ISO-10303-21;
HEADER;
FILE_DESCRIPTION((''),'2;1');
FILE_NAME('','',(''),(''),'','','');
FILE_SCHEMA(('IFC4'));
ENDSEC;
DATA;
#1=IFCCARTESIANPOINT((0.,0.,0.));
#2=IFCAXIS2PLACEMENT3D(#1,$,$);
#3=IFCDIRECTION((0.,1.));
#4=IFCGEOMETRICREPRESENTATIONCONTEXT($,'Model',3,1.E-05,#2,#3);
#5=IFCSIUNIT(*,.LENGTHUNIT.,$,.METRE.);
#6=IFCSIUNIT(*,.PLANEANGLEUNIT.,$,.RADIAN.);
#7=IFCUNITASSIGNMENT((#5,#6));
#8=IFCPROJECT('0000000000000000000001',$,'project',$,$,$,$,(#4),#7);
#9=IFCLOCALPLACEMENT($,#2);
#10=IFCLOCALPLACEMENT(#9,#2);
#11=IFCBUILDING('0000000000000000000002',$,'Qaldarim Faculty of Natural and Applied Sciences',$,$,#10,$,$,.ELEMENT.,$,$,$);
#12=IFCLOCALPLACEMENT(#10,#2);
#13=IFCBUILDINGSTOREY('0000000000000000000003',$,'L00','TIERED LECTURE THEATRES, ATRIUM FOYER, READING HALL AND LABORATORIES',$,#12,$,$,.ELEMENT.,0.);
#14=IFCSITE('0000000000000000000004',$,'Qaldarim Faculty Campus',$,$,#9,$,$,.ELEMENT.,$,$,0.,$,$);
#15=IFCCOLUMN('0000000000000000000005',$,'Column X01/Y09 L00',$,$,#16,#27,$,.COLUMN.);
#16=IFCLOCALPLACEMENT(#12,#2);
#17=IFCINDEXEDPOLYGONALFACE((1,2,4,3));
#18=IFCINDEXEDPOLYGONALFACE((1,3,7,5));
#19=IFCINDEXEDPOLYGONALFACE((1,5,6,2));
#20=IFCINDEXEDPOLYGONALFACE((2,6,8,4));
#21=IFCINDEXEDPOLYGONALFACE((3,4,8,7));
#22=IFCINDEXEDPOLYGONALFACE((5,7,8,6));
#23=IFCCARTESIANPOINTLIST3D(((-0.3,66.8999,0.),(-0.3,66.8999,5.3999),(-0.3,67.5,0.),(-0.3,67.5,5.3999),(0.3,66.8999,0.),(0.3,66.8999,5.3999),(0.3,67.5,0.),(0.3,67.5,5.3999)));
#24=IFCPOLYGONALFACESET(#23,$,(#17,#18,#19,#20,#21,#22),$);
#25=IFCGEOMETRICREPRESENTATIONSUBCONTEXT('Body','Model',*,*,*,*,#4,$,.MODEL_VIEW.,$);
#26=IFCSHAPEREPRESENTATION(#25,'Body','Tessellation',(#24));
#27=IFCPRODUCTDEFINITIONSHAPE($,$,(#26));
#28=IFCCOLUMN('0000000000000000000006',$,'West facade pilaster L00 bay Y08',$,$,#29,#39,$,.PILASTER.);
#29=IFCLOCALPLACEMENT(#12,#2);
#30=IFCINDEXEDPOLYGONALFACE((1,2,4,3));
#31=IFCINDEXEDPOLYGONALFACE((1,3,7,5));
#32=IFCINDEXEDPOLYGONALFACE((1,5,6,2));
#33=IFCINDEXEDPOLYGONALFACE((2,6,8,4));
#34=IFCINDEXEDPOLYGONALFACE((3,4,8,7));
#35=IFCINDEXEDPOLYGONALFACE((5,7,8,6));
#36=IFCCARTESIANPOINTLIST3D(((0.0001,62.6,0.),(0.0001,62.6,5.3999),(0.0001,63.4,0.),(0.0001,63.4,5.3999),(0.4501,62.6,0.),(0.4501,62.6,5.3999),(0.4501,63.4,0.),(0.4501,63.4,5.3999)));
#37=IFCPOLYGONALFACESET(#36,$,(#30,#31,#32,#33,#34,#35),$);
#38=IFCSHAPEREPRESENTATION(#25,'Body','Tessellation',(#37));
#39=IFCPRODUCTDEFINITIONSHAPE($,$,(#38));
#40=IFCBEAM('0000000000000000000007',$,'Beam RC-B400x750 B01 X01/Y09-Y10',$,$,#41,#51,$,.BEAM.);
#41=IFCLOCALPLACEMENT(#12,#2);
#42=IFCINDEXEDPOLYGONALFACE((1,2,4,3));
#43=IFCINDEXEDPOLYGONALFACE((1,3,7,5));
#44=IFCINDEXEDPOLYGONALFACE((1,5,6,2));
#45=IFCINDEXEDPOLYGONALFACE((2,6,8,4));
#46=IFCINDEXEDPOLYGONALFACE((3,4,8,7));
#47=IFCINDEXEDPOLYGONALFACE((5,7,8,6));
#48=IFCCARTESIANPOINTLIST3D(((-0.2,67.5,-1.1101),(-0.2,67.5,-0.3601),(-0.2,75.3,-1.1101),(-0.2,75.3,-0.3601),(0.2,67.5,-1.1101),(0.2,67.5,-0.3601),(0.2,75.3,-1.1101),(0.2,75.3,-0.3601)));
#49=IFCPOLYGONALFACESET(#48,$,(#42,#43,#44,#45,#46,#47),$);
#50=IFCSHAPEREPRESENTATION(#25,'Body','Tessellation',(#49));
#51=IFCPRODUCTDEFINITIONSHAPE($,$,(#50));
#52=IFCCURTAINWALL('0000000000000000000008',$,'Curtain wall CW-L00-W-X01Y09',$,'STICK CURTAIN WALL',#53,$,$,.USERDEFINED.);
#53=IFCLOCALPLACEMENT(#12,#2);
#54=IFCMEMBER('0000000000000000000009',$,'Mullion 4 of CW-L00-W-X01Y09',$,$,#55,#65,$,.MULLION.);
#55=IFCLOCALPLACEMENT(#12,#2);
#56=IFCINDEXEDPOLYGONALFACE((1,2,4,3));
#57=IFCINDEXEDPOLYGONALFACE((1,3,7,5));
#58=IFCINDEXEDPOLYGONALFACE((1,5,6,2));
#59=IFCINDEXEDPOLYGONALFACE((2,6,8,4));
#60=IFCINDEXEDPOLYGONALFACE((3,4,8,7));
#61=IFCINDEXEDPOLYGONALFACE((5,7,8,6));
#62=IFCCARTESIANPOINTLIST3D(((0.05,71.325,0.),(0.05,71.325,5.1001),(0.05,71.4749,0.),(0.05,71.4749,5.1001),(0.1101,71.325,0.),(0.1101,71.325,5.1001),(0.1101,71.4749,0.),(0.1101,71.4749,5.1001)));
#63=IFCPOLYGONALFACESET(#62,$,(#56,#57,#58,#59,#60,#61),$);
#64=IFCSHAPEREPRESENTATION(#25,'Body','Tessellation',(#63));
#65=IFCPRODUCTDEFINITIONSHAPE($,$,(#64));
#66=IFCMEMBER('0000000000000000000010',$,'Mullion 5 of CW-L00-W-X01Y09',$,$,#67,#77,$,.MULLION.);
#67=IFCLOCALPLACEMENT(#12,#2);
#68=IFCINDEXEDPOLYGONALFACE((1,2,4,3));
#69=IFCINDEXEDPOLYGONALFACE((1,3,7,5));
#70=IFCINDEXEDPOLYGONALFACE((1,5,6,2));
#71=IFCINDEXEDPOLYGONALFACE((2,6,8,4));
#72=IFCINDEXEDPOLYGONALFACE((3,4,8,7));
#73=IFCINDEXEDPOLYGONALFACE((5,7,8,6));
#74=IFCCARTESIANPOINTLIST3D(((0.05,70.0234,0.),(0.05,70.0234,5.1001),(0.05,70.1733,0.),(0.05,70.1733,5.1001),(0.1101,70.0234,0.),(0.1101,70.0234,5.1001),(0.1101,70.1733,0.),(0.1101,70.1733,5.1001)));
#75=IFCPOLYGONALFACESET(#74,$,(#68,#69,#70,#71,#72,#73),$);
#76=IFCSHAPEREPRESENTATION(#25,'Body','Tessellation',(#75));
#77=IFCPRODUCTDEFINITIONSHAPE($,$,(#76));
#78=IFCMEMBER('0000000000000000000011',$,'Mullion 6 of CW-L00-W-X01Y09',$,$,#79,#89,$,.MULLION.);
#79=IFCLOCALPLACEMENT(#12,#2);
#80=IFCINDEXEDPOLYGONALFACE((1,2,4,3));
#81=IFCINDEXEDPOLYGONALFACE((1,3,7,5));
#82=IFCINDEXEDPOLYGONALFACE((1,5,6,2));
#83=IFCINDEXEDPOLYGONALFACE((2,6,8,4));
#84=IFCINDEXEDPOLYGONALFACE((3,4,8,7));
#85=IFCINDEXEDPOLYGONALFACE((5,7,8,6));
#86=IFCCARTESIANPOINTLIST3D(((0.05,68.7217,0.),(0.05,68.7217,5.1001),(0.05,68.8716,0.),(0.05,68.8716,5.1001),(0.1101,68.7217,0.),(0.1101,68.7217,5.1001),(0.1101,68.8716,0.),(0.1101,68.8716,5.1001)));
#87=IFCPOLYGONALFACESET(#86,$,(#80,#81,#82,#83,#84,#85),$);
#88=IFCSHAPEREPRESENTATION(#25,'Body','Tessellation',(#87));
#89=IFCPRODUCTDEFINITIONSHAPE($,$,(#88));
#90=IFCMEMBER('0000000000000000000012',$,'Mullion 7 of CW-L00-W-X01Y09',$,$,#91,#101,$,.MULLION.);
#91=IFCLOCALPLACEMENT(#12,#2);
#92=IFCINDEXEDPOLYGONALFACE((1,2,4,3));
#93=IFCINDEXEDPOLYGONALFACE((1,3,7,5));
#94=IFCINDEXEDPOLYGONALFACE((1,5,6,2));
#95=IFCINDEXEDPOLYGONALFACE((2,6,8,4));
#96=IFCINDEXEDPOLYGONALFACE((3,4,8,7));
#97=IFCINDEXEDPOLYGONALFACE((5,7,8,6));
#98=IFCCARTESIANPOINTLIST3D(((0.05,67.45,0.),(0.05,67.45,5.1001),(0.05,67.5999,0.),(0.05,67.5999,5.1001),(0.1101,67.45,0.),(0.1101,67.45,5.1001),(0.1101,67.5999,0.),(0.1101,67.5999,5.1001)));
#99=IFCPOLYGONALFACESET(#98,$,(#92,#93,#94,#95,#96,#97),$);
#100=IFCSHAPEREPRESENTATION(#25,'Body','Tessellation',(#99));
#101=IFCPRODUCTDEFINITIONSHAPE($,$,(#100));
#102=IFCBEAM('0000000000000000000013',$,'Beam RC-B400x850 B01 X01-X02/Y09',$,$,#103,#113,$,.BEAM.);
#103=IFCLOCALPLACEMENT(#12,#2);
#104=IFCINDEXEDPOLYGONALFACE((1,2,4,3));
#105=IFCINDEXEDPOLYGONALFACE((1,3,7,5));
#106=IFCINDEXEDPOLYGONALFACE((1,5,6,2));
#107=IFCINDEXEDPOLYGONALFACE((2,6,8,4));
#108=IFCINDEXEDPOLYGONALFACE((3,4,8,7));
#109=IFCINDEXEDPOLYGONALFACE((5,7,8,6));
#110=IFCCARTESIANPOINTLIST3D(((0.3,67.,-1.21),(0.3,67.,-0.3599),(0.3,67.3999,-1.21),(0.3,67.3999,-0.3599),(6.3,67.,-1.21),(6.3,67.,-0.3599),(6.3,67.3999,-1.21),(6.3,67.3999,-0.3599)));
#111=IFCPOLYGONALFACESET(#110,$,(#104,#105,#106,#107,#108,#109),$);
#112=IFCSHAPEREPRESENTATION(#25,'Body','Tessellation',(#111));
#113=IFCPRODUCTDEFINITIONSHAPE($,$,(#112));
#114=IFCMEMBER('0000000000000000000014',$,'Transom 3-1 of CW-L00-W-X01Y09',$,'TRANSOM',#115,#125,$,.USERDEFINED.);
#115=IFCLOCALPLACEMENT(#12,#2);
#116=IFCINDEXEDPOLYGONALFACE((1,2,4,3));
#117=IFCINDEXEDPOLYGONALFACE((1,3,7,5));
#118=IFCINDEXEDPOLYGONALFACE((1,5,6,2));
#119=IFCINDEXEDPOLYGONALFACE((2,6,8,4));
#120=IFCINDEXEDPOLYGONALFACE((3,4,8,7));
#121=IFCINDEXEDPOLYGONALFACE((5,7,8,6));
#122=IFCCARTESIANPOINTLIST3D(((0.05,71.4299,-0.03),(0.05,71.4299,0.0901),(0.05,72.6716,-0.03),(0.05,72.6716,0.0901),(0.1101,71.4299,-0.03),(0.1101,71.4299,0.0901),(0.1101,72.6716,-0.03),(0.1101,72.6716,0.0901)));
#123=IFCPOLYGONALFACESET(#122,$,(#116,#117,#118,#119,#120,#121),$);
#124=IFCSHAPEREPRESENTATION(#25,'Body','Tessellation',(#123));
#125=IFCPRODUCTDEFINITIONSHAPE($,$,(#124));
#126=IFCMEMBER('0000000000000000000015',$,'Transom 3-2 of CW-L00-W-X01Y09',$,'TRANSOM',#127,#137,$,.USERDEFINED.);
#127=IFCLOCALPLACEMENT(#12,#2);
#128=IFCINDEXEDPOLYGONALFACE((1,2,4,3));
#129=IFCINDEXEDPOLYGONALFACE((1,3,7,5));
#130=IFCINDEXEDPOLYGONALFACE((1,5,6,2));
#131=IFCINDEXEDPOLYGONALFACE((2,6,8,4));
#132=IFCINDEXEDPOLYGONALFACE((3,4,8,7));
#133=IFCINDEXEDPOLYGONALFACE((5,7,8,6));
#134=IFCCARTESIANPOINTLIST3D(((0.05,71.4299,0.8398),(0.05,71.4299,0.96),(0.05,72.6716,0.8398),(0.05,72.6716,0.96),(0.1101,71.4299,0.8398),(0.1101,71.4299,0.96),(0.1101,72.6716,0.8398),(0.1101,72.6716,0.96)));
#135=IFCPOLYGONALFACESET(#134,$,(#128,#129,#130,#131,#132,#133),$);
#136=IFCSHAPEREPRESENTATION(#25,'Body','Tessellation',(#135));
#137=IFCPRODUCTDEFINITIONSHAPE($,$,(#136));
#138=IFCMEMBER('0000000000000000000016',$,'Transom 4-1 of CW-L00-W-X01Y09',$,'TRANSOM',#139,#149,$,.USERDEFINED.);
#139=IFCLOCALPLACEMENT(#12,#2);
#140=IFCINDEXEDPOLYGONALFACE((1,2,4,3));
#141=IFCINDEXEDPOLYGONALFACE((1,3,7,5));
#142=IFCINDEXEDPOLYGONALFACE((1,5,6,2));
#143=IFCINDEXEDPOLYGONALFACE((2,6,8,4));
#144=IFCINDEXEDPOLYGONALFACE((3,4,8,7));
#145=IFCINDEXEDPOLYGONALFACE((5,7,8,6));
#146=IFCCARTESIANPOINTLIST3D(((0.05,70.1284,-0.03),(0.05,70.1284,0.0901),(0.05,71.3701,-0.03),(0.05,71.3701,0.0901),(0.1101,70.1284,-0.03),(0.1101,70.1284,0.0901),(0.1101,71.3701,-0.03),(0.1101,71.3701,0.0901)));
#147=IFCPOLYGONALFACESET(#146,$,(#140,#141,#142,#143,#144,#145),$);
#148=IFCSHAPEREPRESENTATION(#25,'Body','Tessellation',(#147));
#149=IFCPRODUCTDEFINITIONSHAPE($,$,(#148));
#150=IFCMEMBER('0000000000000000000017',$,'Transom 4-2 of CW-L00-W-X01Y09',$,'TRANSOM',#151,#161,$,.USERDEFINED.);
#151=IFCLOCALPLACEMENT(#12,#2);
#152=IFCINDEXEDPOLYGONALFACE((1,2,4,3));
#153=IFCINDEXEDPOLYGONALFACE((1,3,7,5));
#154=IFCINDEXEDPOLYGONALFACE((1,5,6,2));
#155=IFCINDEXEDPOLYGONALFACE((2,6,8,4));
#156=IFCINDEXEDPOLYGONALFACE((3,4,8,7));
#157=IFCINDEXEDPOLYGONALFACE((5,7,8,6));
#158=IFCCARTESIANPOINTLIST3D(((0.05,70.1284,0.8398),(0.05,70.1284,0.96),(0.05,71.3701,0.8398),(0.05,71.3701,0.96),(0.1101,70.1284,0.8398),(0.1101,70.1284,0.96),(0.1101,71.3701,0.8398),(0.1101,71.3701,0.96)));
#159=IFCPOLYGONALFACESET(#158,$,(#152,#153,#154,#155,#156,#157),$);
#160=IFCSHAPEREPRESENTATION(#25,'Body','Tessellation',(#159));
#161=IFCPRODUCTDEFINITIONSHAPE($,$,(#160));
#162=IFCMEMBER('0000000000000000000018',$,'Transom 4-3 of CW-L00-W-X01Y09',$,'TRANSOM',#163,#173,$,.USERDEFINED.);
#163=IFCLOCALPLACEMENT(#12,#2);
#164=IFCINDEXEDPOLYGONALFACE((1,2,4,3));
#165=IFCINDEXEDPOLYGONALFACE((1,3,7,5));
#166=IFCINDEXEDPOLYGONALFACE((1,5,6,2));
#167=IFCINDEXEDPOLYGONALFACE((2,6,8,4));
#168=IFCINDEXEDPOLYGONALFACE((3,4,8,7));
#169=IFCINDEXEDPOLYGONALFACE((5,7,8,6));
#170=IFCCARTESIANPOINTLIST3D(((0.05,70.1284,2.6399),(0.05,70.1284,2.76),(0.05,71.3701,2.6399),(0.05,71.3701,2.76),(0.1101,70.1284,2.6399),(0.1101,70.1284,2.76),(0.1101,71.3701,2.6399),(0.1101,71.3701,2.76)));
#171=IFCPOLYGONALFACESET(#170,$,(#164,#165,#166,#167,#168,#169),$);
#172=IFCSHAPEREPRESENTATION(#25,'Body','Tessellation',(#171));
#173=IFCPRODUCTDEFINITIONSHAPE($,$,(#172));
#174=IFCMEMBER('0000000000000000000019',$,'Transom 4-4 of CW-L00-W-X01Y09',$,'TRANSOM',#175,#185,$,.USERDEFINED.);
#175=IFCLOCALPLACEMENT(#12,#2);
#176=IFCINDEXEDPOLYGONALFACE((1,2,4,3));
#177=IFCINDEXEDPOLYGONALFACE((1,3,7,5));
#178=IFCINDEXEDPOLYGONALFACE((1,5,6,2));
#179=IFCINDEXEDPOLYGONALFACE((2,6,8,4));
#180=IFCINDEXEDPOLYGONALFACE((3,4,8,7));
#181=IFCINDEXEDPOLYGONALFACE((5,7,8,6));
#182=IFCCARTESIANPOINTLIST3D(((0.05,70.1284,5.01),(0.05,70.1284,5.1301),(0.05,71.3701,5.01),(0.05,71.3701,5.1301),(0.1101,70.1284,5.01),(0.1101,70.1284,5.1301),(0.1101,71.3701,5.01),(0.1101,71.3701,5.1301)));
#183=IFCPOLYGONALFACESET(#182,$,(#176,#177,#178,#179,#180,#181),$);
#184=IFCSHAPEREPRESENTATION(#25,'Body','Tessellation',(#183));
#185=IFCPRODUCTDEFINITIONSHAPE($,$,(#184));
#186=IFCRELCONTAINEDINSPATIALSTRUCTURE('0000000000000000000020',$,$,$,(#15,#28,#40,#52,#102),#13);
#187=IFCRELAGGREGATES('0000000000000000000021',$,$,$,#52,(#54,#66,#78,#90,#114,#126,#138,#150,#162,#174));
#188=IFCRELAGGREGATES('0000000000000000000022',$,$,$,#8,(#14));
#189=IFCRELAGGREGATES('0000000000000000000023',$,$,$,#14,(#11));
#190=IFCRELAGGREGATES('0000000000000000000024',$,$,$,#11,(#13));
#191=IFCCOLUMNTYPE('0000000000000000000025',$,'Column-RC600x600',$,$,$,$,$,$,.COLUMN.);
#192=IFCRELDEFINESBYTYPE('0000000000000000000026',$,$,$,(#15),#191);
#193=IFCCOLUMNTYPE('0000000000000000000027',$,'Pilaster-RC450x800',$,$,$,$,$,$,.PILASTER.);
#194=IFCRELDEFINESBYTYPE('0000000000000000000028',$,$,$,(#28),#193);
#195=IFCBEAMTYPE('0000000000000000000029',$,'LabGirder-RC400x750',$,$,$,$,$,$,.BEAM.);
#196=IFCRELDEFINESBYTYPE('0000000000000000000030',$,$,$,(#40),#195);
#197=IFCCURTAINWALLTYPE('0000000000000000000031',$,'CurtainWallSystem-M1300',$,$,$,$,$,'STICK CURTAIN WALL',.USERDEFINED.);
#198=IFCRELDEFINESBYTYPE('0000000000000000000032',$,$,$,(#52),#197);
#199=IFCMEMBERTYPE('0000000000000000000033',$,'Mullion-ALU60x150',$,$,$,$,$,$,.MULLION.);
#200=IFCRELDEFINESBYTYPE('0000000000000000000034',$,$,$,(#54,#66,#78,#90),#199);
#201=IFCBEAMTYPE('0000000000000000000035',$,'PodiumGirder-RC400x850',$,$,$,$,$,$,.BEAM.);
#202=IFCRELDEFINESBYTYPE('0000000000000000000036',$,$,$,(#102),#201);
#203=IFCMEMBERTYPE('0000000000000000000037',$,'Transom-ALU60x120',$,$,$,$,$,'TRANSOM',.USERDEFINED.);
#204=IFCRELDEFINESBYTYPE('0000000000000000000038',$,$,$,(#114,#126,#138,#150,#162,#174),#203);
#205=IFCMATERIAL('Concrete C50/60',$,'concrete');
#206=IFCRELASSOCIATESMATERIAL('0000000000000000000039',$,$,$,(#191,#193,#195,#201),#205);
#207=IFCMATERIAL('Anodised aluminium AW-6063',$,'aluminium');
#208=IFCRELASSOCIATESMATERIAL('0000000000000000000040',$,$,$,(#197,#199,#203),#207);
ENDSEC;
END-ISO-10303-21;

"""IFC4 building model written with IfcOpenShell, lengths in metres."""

from ifc_helpers import new_model, si_unit, direction, frame, origin, origin_2d, place, context, subcontext, project, spatial, rectangle, extrude, material, material_profile, profile_set, type_object, element, aggregate, save


model = new_model("IFC4")

# Units and contexts
model_context = context("Model", 3, precision=1e-05, world=origin(), true_north=direction((0.0, 1.0)))
body_context = subcontext(model_context, "Body", "Model", "MODEL_VIEW")
ifc_project = project(units=[si_unit("LENGTHUNIT", "METRE"), si_unit("PLANEANGLEUNIT", "RADIAN")], contexts=[model_context])

# Site, building, storey
site_placement = place(None, origin())
site = spatial("IfcSite", under=ifc_project, at=site_placement, Name="Qaldarim Faculty Campus", CompositionType="ELEMENT", RefElevation=0.0)
building_placement = place(site_placement, origin())
building = spatial("IfcBuilding", under=site, at=building_placement, Name="Qaldarim Faculty of Natural and Applied Sciences", CompositionType="ELEMENT")
storey_placement = place(building_placement, origin())
storey = spatial("IfcBuildingStorey", under=building, at=storey_placement, Name="L00", Description="TIERED LECTURE THEATRES, ATRIUM FOYER, READING HALL AND LABORATORIES", CompositionType="ELEMENT", Elevation=0.0)

# Columns
ifc_material_1 = material(Name="Concrete C50/60", Category="concrete")
ifc_material_profile_1 = material_profile(ifc_material_1, rectangle(XDim=0.6001, YDim=0.6001, at=origin_2d()), Name="RC-C600x600")
ifc_profile_set_1 = profile_set([ifc_material_profile_1], Name="Concrete C50/60")
column_type_1 = type_object("IfcColumnType", Name="Column-RC600x600", PredefinedType="COLUMN", material=ifc_profile_set_1)
column_1_placement = place(storey_placement, frame((0.0, 67.2, 0.0), z_axis=(0.0, 0.0, 1.0), x_axis=(1.0, 0.0, 0.0)))
element("IfcColumn", 1, at=column_1_placement, inside=storey, type_object=column_type_1, Name="Column X01/Y09 L00", PredefinedType="COLUMN", context=body_context, shape_type="SweptSolid", body=[
    extrude(rectangle(XDim=0.6001, YDim=0.6001, at=origin_2d()), origin(), (0.0, 0.0, 1.0), 5.3999),
])
ifc_material_profile_2 = material_profile(ifc_material_1, rectangle(XDim=0.45, YDim=0.8, at=origin_2d()), Name="RC-C450x800")
ifc_profile_set_2 = profile_set([ifc_material_profile_2], Name="Concrete C50/60")
column_type_2 = type_object("IfcColumnType", Name="Pilaster-RC450x800", PredefinedType="PILASTER", material=ifc_profile_set_2)
column_2_placement = place(storey_placement, frame((0.2251, 63.0, 0.0), z_axis=(0.0, 0.0, 1.0), x_axis=(1.0, 0.0, 0.0)))
element("IfcColumn", 2, at=column_2_placement, inside=storey, type_object=column_type_2, Name="West facade pilaster L00 bay Y08", PredefinedType="PILASTER", context=body_context, shape_type="SweptSolid", body=[
    extrude(rectangle(XDim=0.45, YDim=0.8, at=origin_2d()), origin(), (0.0, 0.0, 1.0), 5.3999),
])

# Beam
ifc_material_profile_3 = material_profile(ifc_material_1, rectangle(XDim=0.3999, YDim=0.75, at=origin_2d()), Name="RC-B400x750")
ifc_profile_set_3 = profile_set([ifc_material_profile_3], Name="Concrete C50/60")
beam_type_1 = type_object("IfcBeamType", Name="LabGirder-RC400x750", PredefinedType="BEAM", material=ifc_profile_set_3)
beam_1_placement = place(storey_placement, frame((0.0, 67.5, -0.7351), z_axis=(0.0, 1.0, 0.0), x_axis=(-1.0, 0.0, 0.0)))
element("IfcBeam", 3, at=beam_1_placement, inside=storey, type_object=beam_type_1, Name="Beam RC-B400x750 B01 X01/Y09-Y10", PredefinedType="BEAM", context=body_context, shape_type="SweptSolid", body=[
    extrude(rectangle(XDim=0.3999, YDim=0.75, at=origin_2d()), origin(), (0.0, 0.0, 1.0), 7.8),
])

# Curtain wall, members
ifc_material_2 = material(Name="Anodised aluminium AW-6063", Category="aluminium")
curtain_wall_type = type_object("IfcCurtainWallType", Name="CurtainWallSystem-M1300", ElementType="STICK CURTAIN WALL", PredefinedType="USERDEFINED", material=ifc_material_2)
curtain_wall_placement = place(storey_placement, origin())
curtain_wall = element("IfcCurtainWall", 4, at=curtain_wall_placement, inside=storey, type_object=curtain_wall_type, Name="Curtain wall CW-L00-W-X01Y09", ObjectType="STICK CURTAIN WALL", PredefinedType="USERDEFINED")
ifc_material_profile_4 = material_profile(ifc_material_2, rectangle(XDim=0.0601, YDim=0.1499, at=origin_2d()), Name="ALU-M60x150")
ifc_profile_set_4 = profile_set([ifc_material_profile_4], Name="Anodised aluminium AW-6063")
member_type_1 = type_object("IfcMemberType", Name="Mullion-ALU60x150", PredefinedType="MULLION", material=ifc_profile_set_4)
member_1_placement = place(storey_placement, frame((0.0801, 71.3999, 0.0), z_axis=(0.0, 0.0, 1.0), x_axis=(1.0, 0.0, 0.0)))
member_1 = element("IfcMember", 5, at=member_1_placement, type_object=member_type_1, Name="Mullion 4 of CW-L00-W-X01Y09", PredefinedType="MULLION", context=body_context, shape_type="SweptSolid", body=[
    extrude(rectangle(XDim=0.0601, YDim=0.1499, at=origin_2d()), origin(), (0.0, 0.0, 1.0), 5.1001),
])
member_2_placement = place(storey_placement, frame((0.0801, 70.0984, 0.0), z_axis=(0.0, 0.0, 1.0), x_axis=(1.0, 0.0, 0.0)))
member_2 = element("IfcMember", 6, at=member_2_placement, type_object=member_type_1, Name="Mullion 5 of CW-L00-W-X01Y09", PredefinedType="MULLION", context=body_context, shape_type="SweptSolid", body=[
    extrude(rectangle(XDim=0.0601, YDim=0.1499, at=origin_2d()), origin(), (0.0, 0.0, 1.0), 5.1001),
])
member_3_placement = place(storey_placement, frame((0.0801, 68.7966, 0.0), z_axis=(0.0, 0.0, 1.0), x_axis=(1.0, 0.0, 0.0)))
member_3 = element("IfcMember", 7, at=member_3_placement, type_object=member_type_1, Name="Mullion 6 of CW-L00-W-X01Y09", PredefinedType="MULLION", context=body_context, shape_type="SweptSolid", body=[
    extrude(rectangle(XDim=0.0601, YDim=0.1499, at=origin_2d()), origin(), (0.0, 0.0, 1.0), 5.1001),
])
member_4_placement = place(storey_placement, frame((0.0801, 67.5249, 0.0), z_axis=(0.0, 0.0, 1.0), x_axis=(1.0, 0.0, 0.0)))
member_4 = element("IfcMember", 8, at=member_4_placement, type_object=member_type_1, Name="Mullion 7 of CW-L00-W-X01Y09", PredefinedType="MULLION", context=body_context, shape_type="SweptSolid", body=[
    extrude(rectangle(XDim=0.0601, YDim=0.1499, at=origin_2d()), origin(), (0.0, 0.0, 1.0), 5.1001),
])

# Beam
ifc_material_profile_5 = material_profile(ifc_material_1, rectangle(XDim=0.3999, YDim=0.8501, at=origin_2d()), Name="RC-B400x850")
ifc_profile_set_5 = profile_set([ifc_material_profile_5], Name="Concrete C50/60")
beam_type_2 = type_object("IfcBeamType", Name="PodiumGirder-RC400x850", PredefinedType="BEAM", material=ifc_profile_set_5)
beam_2_placement = place(storey_placement, frame((0.3, 67.2, -0.7849), z_axis=(1.0, 0.0, 0.0), x_axis=(0.0, 1.0, 0.0)))
element("IfcBeam", 9, at=beam_2_placement, inside=storey, type_object=beam_type_2, Name="Beam RC-B400x850 B01 X01-X02/Y09", PredefinedType="BEAM", context=body_context, shape_type="SweptSolid", body=[
    extrude(rectangle(XDim=0.3999, YDim=0.8501, at=origin_2d()), origin(), (0.0, 0.0, 1.0), 6.0),
])

# Members
ifc_material_profile_6 = material_profile(ifc_material_2, rectangle(XDim=0.0601, YDim=0.1201, at=origin_2d()), Name="ALU-T60x120")
ifc_profile_set_6 = profile_set([ifc_material_profile_6], Name="Anodised aluminium AW-6063")
member_type_2 = type_object("IfcMemberType", Name="Transom-ALU60x120", ElementType="TRANSOM", PredefinedType="USERDEFINED", material=ifc_profile_set_6)
member_5_placement = place(storey_placement, frame((0.0801, 72.6716, 0.03), z_axis=(0.0, -1.0, 0.0), x_axis=(1.0, 0.0, 0.0)))
member_5 = element("IfcMember", 10, at=member_5_placement, type_object=member_type_2, Name="Transom 3-1 of CW-L00-W-X01Y09", ObjectType="TRANSOM", PredefinedType="USERDEFINED", context=body_context, shape_type="SweptSolid", body=[
    extrude(rectangle(XDim=0.0601, YDim=0.1201, at=origin_2d()), origin(), (0.0, 0.0, 1.0), 1.2417),
])
member_6_placement = place(storey_placement, frame((0.0801, 72.6716, 0.8999), z_axis=(0.0, -1.0, 0.0), x_axis=(1.0, 0.0, 0.0)))
member_6 = element("IfcMember", 11, at=member_6_placement, type_object=member_type_2, Name="Transom 3-2 of CW-L00-W-X01Y09", ObjectType="TRANSOM", PredefinedType="USERDEFINED", context=body_context, shape_type="SweptSolid", body=[
    extrude(rectangle(XDim=0.0601, YDim=0.1201, at=origin_2d()), origin(), (0.0, 0.0, 1.0), 1.2417),
])
member_7_placement = place(storey_placement, frame((0.0801, 71.3701, 0.03), z_axis=(0.0, -1.0, 0.0), x_axis=(1.0, 0.0, 0.0)))
member_7 = element("IfcMember", 12, at=member_7_placement, type_object=member_type_2, Name="Transom 4-1 of CW-L00-W-X01Y09", ObjectType="TRANSOM", PredefinedType="USERDEFINED", context=body_context, shape_type="SweptSolid", body=[
    extrude(rectangle(XDim=0.0601, YDim=0.1201, at=origin_2d()), origin(), (0.0, 0.0, 1.0), 1.2417),
])
member_8_placement = place(storey_placement, frame((0.0801, 71.3701, 0.8999), z_axis=(0.0, -1.0, 0.0), x_axis=(1.0, 0.0, 0.0)))
member_8 = element("IfcMember", 13, at=member_8_placement, type_object=member_type_2, Name="Transom 4-2 of CW-L00-W-X01Y09", ObjectType="TRANSOM", PredefinedType="USERDEFINED", context=body_context, shape_type="SweptSolid", body=[
    extrude(rectangle(XDim=0.0601, YDim=0.1201, at=origin_2d()), origin(), (0.0, 0.0, 1.0), 1.2417),
])
member_9_placement = place(storey_placement, frame((0.0801, 71.3701, 2.7), z_axis=(0.0, -1.0, 0.0), x_axis=(1.0, 0.0, 0.0)))
member_9 = element("IfcMember", 14, at=member_9_placement, type_object=member_type_2, Name="Transom 4-3 of CW-L00-W-X01Y09", ObjectType="TRANSOM", PredefinedType="USERDEFINED", context=body_context, shape_type="SweptSolid", body=[
    extrude(rectangle(XDim=0.0601, YDim=0.1201, at=origin_2d()), origin(), (0.0, 0.0, 1.0), 1.2417),
])
member_10_placement = place(storey_placement, frame((0.0801, 71.3701, 5.0701), z_axis=(0.0, -1.0, 0.0), x_axis=(1.0, 0.0, 0.0)))
member_10 = element("IfcMember", 15, at=member_10_placement, type_object=member_type_2, Name="Transom 4-4 of CW-L00-W-X01Y09", ObjectType="TRANSOM", PredefinedType="USERDEFINED", context=body_context, shape_type="SweptSolid", body=[
    extrude(rectangle(XDim=0.0601, YDim=0.1201, at=origin_2d()), origin(), (0.0, 0.0, 1.0), 1.2417),
])

aggregate(curtain_wall, [member_1, member_2, member_3, member_4, member_5, member_6, member_7, member_8, member_9, member_10])

save(model, "model.ifc")
